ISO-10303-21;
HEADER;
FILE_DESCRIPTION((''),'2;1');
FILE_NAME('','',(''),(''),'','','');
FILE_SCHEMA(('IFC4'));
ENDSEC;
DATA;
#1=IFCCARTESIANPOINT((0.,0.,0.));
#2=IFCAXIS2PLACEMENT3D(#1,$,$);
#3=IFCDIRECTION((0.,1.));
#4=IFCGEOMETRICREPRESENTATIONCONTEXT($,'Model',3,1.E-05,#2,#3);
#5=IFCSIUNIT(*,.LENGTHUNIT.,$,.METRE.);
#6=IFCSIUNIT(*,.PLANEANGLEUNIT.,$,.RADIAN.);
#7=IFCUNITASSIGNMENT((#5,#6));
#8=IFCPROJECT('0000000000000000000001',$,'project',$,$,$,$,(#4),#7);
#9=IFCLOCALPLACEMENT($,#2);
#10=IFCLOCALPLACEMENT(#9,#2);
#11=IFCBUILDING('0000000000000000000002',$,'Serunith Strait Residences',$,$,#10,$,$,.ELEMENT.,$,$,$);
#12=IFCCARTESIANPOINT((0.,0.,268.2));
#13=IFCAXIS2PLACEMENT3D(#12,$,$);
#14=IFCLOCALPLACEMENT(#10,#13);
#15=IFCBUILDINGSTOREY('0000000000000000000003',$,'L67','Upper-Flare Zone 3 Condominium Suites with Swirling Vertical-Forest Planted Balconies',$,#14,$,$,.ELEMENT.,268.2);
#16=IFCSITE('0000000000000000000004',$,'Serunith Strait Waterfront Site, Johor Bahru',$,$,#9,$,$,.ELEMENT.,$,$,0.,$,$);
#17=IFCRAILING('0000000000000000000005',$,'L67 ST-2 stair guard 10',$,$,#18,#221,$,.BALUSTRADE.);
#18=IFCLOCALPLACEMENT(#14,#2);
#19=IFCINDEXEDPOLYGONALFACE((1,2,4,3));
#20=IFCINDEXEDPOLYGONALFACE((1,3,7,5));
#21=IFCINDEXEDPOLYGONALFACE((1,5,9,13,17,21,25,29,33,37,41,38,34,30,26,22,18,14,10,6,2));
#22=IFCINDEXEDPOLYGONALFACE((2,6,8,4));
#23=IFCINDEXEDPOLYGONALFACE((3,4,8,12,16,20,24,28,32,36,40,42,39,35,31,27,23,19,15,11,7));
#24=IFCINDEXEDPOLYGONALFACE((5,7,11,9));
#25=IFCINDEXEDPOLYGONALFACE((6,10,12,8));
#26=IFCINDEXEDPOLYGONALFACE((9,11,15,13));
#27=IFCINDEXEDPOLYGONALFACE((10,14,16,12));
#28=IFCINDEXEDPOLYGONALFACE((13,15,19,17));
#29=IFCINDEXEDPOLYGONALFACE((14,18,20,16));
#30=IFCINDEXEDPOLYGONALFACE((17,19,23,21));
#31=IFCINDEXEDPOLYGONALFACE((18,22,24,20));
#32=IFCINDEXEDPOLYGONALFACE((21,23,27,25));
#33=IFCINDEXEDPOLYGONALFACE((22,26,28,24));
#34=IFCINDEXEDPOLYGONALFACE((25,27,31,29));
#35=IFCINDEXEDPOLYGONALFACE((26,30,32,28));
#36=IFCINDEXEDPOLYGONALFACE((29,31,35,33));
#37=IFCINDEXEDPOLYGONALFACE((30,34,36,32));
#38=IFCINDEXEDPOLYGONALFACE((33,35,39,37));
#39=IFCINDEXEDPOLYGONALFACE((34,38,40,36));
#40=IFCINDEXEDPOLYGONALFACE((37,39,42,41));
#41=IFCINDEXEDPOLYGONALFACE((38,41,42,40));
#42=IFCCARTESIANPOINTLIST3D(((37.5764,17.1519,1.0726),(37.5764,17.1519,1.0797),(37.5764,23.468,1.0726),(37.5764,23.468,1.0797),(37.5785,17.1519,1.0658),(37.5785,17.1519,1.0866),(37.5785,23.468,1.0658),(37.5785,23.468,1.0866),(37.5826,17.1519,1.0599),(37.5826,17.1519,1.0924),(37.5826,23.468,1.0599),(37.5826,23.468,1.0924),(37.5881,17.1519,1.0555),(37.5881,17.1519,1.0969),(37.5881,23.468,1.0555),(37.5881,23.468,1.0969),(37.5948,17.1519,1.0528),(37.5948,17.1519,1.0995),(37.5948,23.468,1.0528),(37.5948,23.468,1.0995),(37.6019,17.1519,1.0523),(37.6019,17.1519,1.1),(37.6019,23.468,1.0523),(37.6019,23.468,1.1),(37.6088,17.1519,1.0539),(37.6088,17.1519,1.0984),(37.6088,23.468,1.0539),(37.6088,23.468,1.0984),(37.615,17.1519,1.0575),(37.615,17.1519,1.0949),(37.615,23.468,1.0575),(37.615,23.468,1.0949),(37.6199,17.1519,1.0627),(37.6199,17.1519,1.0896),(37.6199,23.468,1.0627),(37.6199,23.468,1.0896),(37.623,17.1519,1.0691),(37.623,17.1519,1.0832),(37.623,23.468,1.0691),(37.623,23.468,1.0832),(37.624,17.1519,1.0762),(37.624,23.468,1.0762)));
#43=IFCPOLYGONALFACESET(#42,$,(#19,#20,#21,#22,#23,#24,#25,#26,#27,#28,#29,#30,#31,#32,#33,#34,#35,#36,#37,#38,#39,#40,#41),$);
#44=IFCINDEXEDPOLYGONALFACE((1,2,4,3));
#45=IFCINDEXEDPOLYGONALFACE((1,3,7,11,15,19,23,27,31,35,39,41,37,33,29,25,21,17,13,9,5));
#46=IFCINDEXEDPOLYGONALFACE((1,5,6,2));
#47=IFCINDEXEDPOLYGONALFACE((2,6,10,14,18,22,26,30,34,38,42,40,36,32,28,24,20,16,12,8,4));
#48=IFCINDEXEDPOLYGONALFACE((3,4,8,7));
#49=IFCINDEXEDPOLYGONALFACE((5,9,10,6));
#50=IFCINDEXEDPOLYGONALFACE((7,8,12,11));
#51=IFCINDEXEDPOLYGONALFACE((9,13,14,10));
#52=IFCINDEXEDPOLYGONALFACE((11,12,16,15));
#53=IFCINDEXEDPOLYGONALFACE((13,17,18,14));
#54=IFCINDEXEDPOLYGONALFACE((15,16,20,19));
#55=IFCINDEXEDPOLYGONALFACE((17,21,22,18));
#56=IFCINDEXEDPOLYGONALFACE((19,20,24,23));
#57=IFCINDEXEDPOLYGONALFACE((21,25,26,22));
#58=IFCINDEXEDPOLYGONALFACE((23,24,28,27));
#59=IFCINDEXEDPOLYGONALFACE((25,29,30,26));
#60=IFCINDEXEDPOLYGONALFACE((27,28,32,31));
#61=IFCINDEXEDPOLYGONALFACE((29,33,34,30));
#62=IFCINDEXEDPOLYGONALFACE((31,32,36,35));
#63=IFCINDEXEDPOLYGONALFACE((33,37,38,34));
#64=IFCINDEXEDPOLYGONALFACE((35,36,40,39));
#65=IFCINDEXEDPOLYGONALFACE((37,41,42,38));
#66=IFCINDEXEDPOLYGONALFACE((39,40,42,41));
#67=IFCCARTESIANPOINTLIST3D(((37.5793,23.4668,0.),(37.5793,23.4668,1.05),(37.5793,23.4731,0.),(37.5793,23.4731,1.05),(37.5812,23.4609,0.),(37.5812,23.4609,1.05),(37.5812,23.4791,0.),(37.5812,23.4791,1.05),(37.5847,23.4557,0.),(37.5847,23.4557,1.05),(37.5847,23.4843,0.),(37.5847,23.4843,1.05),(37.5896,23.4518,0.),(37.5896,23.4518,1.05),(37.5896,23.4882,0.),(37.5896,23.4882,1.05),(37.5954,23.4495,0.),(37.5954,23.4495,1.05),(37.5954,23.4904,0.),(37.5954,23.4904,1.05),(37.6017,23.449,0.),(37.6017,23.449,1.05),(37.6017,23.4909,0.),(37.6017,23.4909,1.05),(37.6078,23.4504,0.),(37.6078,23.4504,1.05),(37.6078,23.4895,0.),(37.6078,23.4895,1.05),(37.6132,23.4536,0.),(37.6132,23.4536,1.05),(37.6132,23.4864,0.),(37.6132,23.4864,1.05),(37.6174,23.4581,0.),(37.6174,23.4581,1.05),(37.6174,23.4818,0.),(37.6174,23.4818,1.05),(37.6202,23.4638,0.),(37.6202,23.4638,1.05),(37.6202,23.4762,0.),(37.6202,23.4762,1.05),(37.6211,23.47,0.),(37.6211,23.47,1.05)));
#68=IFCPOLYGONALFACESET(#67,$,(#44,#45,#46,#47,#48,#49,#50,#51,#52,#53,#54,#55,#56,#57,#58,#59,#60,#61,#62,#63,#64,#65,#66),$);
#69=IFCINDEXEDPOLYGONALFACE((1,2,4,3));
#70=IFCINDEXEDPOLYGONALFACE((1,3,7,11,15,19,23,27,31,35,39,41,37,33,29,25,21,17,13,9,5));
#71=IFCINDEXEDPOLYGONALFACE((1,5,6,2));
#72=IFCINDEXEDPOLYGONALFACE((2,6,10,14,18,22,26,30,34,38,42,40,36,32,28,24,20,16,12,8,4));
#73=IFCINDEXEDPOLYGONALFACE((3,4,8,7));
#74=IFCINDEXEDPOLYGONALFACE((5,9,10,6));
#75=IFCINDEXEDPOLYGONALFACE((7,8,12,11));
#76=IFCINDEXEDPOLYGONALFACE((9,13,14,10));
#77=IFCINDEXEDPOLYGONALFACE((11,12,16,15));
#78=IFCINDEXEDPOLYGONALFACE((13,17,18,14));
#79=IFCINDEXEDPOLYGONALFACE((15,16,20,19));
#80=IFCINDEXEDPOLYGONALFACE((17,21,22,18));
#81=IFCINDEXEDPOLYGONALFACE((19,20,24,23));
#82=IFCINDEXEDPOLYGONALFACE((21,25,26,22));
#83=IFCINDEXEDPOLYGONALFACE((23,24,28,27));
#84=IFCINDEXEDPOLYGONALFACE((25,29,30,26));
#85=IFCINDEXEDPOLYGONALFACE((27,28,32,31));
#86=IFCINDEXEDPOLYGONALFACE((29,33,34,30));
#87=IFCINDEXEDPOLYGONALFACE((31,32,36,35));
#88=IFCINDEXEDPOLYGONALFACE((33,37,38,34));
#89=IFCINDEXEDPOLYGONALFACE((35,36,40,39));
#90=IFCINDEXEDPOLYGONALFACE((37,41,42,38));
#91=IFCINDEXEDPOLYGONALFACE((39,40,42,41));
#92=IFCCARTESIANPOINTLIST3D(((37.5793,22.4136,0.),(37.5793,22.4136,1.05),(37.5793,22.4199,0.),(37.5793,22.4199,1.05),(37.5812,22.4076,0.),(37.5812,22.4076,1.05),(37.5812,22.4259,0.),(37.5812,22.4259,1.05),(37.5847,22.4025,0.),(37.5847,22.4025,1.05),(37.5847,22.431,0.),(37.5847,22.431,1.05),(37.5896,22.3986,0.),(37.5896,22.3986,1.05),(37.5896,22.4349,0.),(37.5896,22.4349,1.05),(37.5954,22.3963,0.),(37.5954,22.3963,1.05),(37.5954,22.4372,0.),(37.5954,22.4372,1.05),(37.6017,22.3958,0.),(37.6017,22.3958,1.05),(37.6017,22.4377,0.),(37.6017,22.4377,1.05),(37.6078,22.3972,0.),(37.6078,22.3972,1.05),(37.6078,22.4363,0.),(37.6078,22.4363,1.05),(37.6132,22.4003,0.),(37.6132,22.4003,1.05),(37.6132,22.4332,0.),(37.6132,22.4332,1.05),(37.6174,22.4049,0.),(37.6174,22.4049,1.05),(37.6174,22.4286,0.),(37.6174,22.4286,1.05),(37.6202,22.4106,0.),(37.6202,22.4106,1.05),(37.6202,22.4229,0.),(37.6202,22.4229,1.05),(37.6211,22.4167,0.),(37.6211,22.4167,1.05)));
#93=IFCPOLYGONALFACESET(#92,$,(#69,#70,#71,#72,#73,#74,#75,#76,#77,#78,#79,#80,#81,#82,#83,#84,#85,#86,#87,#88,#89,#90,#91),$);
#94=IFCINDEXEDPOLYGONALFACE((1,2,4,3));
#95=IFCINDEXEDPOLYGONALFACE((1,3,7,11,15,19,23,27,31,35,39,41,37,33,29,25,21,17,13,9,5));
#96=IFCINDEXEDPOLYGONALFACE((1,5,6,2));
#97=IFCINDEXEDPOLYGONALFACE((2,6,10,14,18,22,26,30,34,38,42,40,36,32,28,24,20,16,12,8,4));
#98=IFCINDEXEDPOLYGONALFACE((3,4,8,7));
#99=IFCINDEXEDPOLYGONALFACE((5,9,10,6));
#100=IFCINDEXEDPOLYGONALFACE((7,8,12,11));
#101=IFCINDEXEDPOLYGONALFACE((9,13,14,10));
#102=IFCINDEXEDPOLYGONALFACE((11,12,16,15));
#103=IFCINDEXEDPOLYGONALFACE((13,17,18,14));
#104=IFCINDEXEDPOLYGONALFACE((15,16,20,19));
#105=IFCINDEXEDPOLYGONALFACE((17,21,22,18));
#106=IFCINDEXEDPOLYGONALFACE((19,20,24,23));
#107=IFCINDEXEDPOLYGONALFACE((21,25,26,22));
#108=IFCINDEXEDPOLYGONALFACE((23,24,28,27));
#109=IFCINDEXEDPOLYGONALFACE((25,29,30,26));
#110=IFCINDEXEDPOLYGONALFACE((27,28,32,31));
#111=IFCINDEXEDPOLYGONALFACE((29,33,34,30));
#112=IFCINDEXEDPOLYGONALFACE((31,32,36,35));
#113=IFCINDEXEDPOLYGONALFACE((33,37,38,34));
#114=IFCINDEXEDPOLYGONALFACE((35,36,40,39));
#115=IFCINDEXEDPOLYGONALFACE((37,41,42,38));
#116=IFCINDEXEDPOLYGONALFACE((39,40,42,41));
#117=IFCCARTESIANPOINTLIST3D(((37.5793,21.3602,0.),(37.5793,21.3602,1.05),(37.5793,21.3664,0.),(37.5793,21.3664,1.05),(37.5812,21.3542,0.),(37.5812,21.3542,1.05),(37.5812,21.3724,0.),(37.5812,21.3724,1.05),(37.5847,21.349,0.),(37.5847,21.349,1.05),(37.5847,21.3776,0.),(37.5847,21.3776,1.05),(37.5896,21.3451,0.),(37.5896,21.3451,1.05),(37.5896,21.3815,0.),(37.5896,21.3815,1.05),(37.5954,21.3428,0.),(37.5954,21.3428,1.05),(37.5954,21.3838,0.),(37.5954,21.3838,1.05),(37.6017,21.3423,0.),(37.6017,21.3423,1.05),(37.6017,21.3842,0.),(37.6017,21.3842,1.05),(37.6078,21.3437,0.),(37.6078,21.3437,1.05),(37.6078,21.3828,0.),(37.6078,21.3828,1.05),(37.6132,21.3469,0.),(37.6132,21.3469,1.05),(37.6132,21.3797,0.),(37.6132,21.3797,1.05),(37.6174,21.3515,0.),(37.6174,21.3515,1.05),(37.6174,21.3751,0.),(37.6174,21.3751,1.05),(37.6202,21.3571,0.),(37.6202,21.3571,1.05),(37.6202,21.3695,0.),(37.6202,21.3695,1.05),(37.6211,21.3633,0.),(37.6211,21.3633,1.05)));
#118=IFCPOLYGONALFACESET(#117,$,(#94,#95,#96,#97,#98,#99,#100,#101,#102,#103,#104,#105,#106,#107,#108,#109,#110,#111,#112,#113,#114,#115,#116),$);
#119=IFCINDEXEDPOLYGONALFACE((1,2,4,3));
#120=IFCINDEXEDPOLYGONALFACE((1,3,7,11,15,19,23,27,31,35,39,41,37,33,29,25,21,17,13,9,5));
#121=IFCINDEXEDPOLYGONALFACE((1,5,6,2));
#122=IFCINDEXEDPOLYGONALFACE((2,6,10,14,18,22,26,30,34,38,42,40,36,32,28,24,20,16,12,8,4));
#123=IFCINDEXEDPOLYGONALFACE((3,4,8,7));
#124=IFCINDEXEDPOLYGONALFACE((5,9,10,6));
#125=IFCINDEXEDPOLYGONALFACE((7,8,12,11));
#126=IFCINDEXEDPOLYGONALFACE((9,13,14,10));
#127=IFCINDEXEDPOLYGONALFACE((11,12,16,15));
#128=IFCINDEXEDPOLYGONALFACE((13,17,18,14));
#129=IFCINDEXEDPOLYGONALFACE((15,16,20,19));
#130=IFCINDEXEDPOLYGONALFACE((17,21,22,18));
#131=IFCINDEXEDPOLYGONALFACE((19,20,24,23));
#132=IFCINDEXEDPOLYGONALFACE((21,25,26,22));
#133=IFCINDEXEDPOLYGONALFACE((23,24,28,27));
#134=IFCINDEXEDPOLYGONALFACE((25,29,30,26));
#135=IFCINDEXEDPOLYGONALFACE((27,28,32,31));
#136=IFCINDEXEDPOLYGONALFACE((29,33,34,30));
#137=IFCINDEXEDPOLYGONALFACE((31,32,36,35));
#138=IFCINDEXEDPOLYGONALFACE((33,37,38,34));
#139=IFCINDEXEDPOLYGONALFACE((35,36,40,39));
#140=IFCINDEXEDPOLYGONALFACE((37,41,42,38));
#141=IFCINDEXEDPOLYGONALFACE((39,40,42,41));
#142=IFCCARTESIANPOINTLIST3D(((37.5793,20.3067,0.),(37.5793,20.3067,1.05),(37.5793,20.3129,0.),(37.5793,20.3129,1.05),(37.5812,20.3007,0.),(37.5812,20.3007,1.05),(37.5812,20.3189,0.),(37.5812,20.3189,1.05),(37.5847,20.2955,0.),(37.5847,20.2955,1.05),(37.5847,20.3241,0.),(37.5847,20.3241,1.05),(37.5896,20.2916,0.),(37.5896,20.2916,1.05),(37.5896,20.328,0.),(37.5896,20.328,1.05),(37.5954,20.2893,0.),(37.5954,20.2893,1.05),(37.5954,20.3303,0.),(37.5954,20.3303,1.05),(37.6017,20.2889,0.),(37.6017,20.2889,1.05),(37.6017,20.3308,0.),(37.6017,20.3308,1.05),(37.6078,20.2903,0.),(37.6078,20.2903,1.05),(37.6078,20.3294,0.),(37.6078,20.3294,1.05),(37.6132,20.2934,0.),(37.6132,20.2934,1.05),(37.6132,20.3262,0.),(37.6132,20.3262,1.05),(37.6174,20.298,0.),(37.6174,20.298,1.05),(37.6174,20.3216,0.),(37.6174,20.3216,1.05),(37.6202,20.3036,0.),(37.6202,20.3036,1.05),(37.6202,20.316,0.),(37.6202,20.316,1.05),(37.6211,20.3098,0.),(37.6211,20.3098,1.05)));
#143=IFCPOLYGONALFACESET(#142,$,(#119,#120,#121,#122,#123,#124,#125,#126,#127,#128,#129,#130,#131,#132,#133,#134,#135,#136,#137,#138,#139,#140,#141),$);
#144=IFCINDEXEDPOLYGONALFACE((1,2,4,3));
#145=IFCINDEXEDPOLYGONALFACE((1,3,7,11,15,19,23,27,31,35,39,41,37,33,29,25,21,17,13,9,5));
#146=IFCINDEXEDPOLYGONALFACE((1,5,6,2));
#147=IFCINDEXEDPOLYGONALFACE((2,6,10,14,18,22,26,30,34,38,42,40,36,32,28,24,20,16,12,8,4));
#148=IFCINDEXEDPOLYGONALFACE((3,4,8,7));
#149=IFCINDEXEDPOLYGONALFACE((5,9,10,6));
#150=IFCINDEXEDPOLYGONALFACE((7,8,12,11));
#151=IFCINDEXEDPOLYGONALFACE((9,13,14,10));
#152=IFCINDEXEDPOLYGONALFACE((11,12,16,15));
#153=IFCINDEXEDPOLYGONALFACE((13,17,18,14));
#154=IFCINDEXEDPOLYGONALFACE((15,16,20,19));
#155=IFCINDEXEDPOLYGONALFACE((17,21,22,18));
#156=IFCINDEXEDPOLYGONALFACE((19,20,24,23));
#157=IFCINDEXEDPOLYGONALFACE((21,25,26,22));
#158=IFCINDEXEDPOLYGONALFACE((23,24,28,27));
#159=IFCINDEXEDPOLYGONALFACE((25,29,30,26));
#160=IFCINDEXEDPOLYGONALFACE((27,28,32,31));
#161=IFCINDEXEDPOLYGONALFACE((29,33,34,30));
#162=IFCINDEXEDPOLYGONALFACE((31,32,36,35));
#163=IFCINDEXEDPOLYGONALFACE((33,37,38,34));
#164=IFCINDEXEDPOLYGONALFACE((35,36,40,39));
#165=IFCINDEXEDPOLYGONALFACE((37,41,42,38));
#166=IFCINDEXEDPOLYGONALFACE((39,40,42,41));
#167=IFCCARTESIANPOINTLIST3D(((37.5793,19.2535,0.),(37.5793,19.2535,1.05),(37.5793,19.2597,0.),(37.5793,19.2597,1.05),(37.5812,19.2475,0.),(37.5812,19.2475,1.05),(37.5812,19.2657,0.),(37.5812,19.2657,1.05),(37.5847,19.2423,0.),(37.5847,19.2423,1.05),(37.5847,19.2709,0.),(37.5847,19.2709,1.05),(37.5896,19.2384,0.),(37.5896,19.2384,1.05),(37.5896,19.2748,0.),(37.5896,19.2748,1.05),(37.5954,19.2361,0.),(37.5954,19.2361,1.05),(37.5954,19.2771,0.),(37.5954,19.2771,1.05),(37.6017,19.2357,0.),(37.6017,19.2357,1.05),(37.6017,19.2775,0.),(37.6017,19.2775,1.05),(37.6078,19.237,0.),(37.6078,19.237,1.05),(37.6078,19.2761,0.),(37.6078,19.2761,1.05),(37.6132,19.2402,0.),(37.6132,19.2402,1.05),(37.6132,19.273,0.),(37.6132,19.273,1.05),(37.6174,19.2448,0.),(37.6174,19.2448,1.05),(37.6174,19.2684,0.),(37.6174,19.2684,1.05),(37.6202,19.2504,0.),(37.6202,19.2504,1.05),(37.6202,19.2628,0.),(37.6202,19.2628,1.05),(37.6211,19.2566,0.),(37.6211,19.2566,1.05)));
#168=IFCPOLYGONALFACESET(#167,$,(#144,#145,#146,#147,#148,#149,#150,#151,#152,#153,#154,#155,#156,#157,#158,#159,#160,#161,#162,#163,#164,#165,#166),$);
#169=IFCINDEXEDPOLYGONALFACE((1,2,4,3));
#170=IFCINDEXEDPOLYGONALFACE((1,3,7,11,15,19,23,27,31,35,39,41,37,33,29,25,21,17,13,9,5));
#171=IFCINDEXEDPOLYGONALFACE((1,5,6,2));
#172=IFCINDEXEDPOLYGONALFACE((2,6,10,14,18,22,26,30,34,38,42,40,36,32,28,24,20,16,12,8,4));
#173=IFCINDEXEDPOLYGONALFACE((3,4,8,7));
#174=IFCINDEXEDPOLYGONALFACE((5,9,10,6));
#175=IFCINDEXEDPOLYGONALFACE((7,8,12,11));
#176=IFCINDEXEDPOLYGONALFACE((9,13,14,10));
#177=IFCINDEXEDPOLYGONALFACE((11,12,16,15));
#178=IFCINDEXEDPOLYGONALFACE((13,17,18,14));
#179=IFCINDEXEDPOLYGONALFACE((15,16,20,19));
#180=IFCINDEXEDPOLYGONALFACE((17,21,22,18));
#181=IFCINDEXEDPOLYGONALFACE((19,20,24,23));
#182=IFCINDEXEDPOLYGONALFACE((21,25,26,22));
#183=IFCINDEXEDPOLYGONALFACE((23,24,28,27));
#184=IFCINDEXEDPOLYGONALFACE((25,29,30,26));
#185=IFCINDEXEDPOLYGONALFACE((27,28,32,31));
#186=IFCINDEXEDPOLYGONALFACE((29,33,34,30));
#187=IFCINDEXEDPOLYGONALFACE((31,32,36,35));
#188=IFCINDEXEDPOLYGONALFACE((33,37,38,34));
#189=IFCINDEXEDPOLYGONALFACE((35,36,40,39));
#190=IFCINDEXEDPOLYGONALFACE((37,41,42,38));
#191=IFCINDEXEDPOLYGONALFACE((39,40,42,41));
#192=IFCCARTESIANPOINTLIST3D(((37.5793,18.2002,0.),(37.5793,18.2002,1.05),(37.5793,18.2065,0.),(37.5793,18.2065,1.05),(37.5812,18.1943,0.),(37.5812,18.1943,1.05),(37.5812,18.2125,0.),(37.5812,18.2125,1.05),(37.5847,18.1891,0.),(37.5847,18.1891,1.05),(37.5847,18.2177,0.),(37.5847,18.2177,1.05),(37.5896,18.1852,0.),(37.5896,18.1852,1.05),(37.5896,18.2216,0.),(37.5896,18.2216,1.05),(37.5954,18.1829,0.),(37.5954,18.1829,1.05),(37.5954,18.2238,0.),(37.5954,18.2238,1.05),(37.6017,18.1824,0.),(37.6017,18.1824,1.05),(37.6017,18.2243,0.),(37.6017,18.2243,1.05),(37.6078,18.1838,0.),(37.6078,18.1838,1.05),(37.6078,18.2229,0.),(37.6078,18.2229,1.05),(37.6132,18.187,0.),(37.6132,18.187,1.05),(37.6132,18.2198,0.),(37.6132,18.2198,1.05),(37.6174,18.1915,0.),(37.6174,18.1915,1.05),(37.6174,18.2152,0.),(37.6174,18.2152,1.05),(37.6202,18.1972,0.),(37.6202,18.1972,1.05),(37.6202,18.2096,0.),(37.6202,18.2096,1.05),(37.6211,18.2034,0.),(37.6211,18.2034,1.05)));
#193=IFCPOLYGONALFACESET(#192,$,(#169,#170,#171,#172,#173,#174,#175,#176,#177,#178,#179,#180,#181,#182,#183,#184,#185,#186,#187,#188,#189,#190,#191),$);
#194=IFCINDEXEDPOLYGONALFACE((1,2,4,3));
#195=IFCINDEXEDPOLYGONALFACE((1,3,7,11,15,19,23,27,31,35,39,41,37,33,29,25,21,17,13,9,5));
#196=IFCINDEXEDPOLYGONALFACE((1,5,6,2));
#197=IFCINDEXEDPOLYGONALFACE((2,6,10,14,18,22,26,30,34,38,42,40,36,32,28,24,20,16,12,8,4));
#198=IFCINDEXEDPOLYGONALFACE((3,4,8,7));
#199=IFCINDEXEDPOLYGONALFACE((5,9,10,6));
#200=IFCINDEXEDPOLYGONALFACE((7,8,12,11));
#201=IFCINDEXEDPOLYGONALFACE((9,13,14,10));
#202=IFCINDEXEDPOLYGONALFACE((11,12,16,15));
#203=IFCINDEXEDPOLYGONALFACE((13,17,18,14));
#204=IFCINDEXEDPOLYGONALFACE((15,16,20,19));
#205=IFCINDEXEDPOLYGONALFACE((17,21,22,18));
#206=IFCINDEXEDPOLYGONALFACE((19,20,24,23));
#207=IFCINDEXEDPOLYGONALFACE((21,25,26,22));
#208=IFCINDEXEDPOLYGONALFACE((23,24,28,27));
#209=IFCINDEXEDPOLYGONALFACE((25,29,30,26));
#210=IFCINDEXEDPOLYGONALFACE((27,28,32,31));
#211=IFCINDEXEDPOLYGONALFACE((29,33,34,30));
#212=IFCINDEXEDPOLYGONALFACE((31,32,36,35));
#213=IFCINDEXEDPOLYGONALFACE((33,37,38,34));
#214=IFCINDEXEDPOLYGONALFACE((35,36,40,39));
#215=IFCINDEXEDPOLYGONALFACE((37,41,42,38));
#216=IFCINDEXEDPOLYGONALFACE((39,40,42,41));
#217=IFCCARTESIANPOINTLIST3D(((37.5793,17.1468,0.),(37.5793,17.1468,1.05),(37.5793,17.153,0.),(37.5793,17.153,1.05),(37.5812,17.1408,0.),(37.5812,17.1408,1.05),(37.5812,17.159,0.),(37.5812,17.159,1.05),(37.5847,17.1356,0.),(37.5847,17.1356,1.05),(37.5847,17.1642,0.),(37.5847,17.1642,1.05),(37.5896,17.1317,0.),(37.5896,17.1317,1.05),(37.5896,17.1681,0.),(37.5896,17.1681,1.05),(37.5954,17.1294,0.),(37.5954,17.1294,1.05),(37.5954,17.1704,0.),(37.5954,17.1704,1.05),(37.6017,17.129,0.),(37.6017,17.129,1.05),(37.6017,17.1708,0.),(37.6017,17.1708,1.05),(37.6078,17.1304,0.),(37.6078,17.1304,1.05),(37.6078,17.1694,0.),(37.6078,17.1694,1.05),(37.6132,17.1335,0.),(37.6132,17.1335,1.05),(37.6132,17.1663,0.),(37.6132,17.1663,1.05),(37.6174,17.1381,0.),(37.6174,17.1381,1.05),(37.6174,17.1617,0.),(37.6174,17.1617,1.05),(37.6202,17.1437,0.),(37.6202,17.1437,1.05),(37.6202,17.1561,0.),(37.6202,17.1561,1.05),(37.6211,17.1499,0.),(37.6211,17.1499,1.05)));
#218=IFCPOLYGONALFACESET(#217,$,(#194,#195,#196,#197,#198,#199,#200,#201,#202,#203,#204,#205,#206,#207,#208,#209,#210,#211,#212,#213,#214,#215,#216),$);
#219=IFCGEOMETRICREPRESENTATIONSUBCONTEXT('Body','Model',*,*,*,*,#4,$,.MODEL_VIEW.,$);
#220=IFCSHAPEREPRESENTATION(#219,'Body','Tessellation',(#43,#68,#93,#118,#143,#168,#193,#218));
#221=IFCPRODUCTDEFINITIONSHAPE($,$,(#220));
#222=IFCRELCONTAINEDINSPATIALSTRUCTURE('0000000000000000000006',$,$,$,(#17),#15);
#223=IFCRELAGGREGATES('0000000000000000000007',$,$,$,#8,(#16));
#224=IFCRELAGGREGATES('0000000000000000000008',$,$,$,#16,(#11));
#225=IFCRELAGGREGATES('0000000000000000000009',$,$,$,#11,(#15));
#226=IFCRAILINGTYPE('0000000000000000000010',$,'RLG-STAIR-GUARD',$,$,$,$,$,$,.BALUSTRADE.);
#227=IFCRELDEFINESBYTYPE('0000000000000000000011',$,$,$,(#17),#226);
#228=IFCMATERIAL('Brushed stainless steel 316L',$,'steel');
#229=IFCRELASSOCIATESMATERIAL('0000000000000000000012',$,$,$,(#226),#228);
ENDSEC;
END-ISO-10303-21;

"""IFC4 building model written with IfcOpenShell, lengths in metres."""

from ifc_helpers import new_model, si_unit, direction, frame, origin, origin_2d, place, context, subcontext, project, spatial, circle, extrude, material, type_object, element, save


model = new_model("IFC4")

# Units and contexts
model_context = context("Model", 3, precision=1e-05, world=origin(), true_north=direction((0.0, 1.0)))
body_context = subcontext(model_context, "Body", "Model", "MODEL_VIEW")
ifc_project = project(units=[si_unit("LENGTHUNIT", "METRE"), si_unit("PLANEANGLEUNIT", "RADIAN")], contexts=[model_context])

# Site, building, storey
site_placement = place(None, origin())
site = spatial("IfcSite", under=ifc_project, at=site_placement, Name="Serunith Strait Waterfront Site, Johor Bahru", CompositionType="ELEMENT", RefElevation=0.0)
building_placement = place(site_placement, origin())
building = spatial("IfcBuilding", under=site, at=building_placement, Name="Serunith Strait Residences", CompositionType="ELEMENT")
storey_placement = place(building_placement, frame((0.0, 0.0, 268.2)))
storey = spatial("IfcBuildingStorey", under=building, at=storey_placement, Name="L67", Description="Upper-Flare Zone 3 Condominium Suites with Swirling Vertical-Forest Planted Balconies", CompositionType="ELEMENT", Elevation=268.2)

# Railing
ifc_material_1 = material(Name="Brushed stainless steel 316L", Category="steel")
railing_type_1 = type_object("IfcRailingType", Name="RLG-STAIR-GUARD", PredefinedType="BALUSTRADE", material=ifc_material_1)
railing_1_placement = place(storey_placement, frame((37.6001, 23.47, 0.0)))
element("IfcRailing", 1, at=railing_1_placement, inside=storey, type_object=railing_type_1, Name="L67 ST-2 stair guard 10", PredefinedType="BALUSTRADE", context=body_context, shape_type="SweptSolid", body=[
    extrude(circle(Radius=0.0239, at=origin_2d()), frame((0.0, -0.002, 1.0762), z_axis=(0.0, -1.0, 0.0), x_axis=(1.0, 0.0, 0.0)), (0.0, 0.0, 1.0), 6.3162),
    extrude(circle(Radius=0.021, at=origin_2d()), origin(), (0.0, 0.0, 1.0), 1.05),
    extrude(circle(Radius=0.021, at=origin_2d()), frame((0.0, -1.0532, 0.0)), (0.0, 0.0, 1.0), 1.05),
    extrude(circle(Radius=0.021, at=origin_2d()), frame((0.0, -2.1067, 0.0)), (0.0, 0.0, 1.0), 1.05),
    extrude(circle(Radius=0.021, at=origin_2d()), frame((0.0, -3.1602, 0.0)), (0.0, 0.0, 1.0), 1.05),
    extrude(circle(Radius=0.021, at=origin_2d()), frame((0.0, -4.2134, 0.0)), (0.0, 0.0, 1.0), 1.05),
    extrude(circle(Radius=0.021, at=origin_2d()), frame((0.0, -5.2666, 0.0)), (0.0, 0.0, 1.0), 1.05),
    extrude(circle(Radius=0.021, at=origin_2d()), frame((0.0, -6.3201, 0.0)), (0.0, 0.0, 1.0), 1.05),
])

save(model, "model.ifc")
